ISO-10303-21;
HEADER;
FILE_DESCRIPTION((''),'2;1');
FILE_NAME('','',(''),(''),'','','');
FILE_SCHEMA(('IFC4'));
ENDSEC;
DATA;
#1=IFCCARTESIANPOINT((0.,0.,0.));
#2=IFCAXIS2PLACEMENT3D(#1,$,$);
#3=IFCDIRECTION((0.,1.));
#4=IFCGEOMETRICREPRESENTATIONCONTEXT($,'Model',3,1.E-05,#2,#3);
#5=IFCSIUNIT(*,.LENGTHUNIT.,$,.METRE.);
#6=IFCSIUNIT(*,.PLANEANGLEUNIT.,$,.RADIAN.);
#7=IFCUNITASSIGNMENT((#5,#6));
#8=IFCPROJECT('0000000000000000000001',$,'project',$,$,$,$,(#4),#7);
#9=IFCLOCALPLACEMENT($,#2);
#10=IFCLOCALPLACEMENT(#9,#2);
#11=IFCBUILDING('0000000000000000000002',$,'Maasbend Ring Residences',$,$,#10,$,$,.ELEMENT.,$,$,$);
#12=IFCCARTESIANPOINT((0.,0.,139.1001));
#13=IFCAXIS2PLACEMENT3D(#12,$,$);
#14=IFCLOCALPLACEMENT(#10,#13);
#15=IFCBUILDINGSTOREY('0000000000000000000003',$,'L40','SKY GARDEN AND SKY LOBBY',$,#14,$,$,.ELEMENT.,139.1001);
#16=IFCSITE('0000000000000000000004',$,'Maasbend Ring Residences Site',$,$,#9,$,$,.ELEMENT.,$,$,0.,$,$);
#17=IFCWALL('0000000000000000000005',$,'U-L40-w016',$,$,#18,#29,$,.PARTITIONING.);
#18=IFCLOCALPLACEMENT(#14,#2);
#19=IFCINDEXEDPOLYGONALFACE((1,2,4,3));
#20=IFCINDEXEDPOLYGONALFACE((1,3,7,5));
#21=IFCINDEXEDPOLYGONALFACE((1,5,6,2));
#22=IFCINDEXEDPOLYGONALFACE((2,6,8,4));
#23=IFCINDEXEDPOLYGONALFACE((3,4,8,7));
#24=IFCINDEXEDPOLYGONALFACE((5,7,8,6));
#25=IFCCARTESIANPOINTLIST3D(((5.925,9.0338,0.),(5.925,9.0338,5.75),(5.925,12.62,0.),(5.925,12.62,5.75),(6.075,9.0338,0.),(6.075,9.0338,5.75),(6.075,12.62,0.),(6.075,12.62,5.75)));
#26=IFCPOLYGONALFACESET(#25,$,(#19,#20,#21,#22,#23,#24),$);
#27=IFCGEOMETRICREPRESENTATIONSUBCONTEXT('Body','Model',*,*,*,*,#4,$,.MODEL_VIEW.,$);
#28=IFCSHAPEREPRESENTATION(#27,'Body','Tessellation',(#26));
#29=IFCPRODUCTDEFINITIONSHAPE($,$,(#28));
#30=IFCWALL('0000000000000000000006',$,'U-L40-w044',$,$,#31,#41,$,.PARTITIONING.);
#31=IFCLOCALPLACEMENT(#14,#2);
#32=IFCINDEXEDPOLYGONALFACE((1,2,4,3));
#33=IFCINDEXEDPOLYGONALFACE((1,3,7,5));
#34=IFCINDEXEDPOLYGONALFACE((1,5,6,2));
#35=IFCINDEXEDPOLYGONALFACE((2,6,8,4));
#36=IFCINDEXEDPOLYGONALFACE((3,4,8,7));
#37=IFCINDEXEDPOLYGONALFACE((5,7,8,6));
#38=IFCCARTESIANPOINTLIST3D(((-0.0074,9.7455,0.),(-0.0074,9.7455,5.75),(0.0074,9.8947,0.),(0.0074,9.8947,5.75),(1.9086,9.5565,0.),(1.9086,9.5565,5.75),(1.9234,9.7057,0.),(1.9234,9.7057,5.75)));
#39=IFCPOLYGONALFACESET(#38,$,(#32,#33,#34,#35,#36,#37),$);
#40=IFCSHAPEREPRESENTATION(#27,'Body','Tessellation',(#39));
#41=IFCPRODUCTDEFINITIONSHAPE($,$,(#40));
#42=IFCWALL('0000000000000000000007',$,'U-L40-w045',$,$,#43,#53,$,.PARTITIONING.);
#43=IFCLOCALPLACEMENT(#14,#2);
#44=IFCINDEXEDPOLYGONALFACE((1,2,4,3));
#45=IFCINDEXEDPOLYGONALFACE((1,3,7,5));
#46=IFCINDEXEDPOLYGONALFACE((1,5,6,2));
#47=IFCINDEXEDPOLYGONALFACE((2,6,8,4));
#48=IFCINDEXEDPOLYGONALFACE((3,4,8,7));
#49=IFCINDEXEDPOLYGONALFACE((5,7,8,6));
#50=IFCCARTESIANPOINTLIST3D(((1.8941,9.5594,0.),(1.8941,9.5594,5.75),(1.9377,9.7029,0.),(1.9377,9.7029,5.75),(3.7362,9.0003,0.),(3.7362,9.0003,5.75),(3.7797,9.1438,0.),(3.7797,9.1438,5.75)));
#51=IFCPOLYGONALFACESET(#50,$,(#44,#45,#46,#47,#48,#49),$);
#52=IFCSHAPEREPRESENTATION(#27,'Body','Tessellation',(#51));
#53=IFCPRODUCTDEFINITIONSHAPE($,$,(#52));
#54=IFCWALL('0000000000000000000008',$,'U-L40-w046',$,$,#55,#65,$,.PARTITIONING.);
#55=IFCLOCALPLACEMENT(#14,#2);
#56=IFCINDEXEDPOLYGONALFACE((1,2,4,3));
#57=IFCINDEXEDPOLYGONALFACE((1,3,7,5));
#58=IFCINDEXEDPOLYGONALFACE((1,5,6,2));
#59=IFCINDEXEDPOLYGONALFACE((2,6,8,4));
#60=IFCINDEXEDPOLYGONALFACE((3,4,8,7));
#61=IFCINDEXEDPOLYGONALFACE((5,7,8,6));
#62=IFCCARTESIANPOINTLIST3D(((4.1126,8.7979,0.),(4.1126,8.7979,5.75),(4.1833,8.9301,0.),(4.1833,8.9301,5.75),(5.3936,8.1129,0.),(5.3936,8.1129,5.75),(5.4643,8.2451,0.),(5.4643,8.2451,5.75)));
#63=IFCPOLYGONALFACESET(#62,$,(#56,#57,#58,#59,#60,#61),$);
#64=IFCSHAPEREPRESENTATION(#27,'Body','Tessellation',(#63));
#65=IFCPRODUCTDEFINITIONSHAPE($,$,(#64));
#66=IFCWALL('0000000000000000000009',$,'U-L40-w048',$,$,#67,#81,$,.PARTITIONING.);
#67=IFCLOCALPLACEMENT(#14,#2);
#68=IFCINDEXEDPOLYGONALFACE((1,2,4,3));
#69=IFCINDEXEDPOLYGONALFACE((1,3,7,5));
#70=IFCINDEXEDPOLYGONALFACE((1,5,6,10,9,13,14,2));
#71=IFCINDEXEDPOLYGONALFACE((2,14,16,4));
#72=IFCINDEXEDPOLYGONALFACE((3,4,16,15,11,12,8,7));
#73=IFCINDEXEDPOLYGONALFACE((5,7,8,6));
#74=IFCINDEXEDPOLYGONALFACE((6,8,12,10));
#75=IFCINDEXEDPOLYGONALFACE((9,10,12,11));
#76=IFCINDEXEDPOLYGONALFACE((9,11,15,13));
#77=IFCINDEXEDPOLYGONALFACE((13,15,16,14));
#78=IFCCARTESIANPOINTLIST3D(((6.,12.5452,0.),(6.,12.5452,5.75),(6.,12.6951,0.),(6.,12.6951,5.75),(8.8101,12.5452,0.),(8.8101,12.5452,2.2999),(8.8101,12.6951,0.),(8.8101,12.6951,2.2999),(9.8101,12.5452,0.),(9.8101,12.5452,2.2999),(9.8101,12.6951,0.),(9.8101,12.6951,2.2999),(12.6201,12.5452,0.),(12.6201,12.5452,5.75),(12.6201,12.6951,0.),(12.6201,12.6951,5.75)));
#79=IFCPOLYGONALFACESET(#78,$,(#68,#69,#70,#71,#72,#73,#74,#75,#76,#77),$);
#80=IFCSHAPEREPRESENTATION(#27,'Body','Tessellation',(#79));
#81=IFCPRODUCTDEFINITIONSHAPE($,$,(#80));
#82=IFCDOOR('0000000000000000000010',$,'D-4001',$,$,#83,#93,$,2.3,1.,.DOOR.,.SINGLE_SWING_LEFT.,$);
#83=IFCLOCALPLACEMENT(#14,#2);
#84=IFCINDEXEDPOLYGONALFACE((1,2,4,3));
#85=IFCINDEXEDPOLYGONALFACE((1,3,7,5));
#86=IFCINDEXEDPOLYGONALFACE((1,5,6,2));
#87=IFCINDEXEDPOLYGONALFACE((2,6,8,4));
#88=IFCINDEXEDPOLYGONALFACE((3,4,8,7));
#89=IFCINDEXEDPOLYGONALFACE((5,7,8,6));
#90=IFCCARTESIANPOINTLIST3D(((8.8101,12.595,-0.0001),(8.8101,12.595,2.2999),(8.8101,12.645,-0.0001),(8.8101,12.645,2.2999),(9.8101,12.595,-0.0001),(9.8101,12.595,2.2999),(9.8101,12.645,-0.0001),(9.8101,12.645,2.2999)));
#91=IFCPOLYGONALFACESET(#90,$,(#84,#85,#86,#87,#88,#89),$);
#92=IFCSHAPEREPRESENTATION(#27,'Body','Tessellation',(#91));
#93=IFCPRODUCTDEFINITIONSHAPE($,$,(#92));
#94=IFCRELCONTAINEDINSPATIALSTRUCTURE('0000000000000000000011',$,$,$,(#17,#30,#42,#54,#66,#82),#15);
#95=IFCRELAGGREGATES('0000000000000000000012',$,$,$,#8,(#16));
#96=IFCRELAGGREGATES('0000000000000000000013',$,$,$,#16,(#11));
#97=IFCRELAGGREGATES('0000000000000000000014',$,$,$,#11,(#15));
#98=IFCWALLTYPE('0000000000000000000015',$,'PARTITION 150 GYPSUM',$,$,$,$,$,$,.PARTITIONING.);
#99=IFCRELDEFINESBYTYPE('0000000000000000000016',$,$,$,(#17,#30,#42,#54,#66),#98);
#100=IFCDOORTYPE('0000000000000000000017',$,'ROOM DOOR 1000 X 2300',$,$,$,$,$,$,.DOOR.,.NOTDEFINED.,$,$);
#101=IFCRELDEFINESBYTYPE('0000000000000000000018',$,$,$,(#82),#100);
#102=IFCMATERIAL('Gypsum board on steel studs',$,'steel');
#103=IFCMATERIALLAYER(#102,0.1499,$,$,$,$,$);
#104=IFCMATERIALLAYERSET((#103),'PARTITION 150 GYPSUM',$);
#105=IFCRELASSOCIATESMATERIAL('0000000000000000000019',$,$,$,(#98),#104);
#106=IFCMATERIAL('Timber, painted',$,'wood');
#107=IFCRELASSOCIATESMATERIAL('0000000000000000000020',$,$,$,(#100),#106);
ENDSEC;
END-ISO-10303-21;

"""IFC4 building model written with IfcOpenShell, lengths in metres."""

from ifc_helpers import new_model, si_unit, direction, frame, frame_2d, origin, place, context, subcontext, project, spatial, rectangle, extrude, material, layer, layer_set, type_object, element, fill, save


model = new_model("IFC4")

# Units and contexts
model_context = context("Model", 3, precision=1e-05, world=origin(), true_north=direction((0.0, 1.0)))
body_context = subcontext(model_context, "Body", "Model", "MODEL_VIEW")
ifc_project = project(units=[si_unit("LENGTHUNIT", "METRE"), si_unit("PLANEANGLEUNIT", "RADIAN")], contexts=[model_context])

# Site, building, storey
site_placement = place(None, origin())
site = spatial("IfcSite", under=ifc_project, at=site_placement, Name="Maasbend Ring Residences Site", CompositionType="ELEMENT", RefElevation=0.0)
building_placement = place(site_placement, origin())
building = spatial("IfcBuilding", under=site, at=building_placement, Name="Maasbend Ring Residences", CompositionType="ELEMENT")
storey_placement = place(building_placement, frame((0.0, 0.0, 139.1001)))
storey = spatial("IfcBuildingStorey", under=building, at=storey_placement, Name="L40", Description="SKY GARDEN AND SKY LOBBY", CompositionType="ELEMENT", Elevation=139.1001)

# Walls
ifc_material_1 = material(Name="Gypsum board on steel studs", Category="steel")
ifc_layer_1 = layer(ifc_material_1, 0.1499)
ifc_layer_set_1 = layer_set([ifc_layer_1], Name="PARTITION 150 GYPSUM")
wall_type_1 = type_object("IfcWallType", Name="PARTITION 150 GYPSUM", PredefinedType="PARTITIONING", material=ifc_layer_set_1)
wall_1_placement = place(storey_placement, frame((6.0, 9.0339, 0.0), z_axis=(0.0, 0.0, 1.0), x_axis=(0.0, 1.0, 0.0)))
element("IfcWall", 1, at=wall_1_placement, inside=storey, type_object=wall_type_1, Name="U-L40-w016", PredefinedType="PARTITIONING", context=body_context, shape_type="SweptSolid", body=[
    extrude(rectangle(XDim=3.5862, YDim=0.1499, at=frame_2d((1.793, 0.0))), origin(), (0.0, 0.0, 1.0), 5.75),
])
wall_2_placement = place(storey_placement, frame((0.0, 9.8201, 0.0), z_axis=(0.0, 0.0, 1.0), x_axis=(0.995172, -0.098148, 0.0)))
element("IfcWall", 2, at=wall_2_placement, inside=storey, type_object=wall_type_1, Name="U-L40-w044", PredefinedType="PARTITIONING", context=body_context, shape_type="SweptSolid", body=[
    extrude(rectangle(XDim=1.9253, YDim=0.1499, at=frame_2d((0.9626, 0.0))), origin(), (0.0, 0.0, 1.0), 5.75),
])
wall_3_placement = place(storey_placement, frame((1.916, 9.6311, 0.0), z_axis=(0.0, 0.0, 1.0), x_axis=(0.956896, -0.29043, 0.0)))
element("IfcWall", 3, at=wall_3_placement, inside=storey, type_object=wall_type_1, Name="U-L40-w045", PredefinedType="PARTITIONING", context=body_context, shape_type="SweptSolid", body=[
    extrude(rectangle(XDim=1.925, YDim=0.1499, at=frame_2d((0.9624, 0.0))), origin(), (0.0, 0.0, 1.0), 5.75),
])
wall_4_placement = place(storey_placement, frame((4.1479, 8.864, 0.0), z_axis=(0.0, 0.0, 1.0), x_axis=(0.881822, -0.471582, 0.0)))
element("IfcWall", 4, at=wall_4_placement, inside=storey, type_object=wall_type_1, Name="U-L40-w046", PredefinedType="PARTITIONING", context=body_context, shape_type="SweptSolid", body=[
    extrude(rectangle(XDim=1.4526, YDim=0.1499, at=frame_2d((0.7263, 0.0))), origin(), (0.0, 0.0, 1.0), 5.75),
])

# Wall, opening, door
wall_5_placement = place(storey_placement, frame((6.0, 12.6201, 0.0), z_axis=(0.0, 0.0, 1.0), x_axis=(1.0, 0.0, 0.0)))
wall_5 = element("IfcWall", 5, at=wall_5_placement, inside=storey, type_object=wall_type_1, Name="U-L40-w048", PredefinedType="PARTITIONING", context=body_context, shape_type="SweptSolid", body=[
    extrude(rectangle(XDim=6.6201, YDim=0.1499, at=frame_2d((3.3101, 0.0))), origin(), (0.0, 0.0, 1.0), 5.75),
])
opening_1_placement = place(wall_5_placement, frame((2.8101, 0.0, 0.0)))
opening_1 = element("IfcOpeningElement", 6, at=opening_1_placement, cuts=wall_5, PredefinedType="OPENING", context=body_context, shape_type="SweptSolid", body=[
    extrude(rectangle(XDim=1.0, YDim=2.3, at=frame_2d((0.5, 1.1499))), frame((0.0, 0.085, 0.0), z_axis=(0.0, -1.0, 0.0), x_axis=(1.0, 0.0, 0.0)), (0.0, 0.0, 1.0), 0.1699),
])
ifc_material_2 = material(Name="Timber, painted", Category="wood")
door_type_1 = type_object("IfcDoorType", Name="ROOM DOOR 1000 X 2300", OperationType="NOTDEFINED", PredefinedType="DOOR", material=ifc_material_2)
door_1_placement = place(opening_1_placement, origin())
door_1 = element("IfcDoor", 7, at=door_1_placement, inside=storey, type_object=door_type_1, Name="D-4001", OperationType="SINGLE_SWING_LEFT", OverallHeight=2.3, OverallWidth=1.0, PredefinedType="DOOR", context=body_context, shape_type="SweptSolid", body=[
    extrude(rectangle(XDim=1.0, YDim=2.3, at=frame_2d((0.5, 1.1499))), frame((0.0, 0.0249, 0.0), z_axis=(0.0, -1.0, 0.0), x_axis=(1.0, 0.0, 0.0)), (0.0, 0.0, 1.0), 0.05),
])
fill(opening_1, door_1)

save(model, "model.ifc")
